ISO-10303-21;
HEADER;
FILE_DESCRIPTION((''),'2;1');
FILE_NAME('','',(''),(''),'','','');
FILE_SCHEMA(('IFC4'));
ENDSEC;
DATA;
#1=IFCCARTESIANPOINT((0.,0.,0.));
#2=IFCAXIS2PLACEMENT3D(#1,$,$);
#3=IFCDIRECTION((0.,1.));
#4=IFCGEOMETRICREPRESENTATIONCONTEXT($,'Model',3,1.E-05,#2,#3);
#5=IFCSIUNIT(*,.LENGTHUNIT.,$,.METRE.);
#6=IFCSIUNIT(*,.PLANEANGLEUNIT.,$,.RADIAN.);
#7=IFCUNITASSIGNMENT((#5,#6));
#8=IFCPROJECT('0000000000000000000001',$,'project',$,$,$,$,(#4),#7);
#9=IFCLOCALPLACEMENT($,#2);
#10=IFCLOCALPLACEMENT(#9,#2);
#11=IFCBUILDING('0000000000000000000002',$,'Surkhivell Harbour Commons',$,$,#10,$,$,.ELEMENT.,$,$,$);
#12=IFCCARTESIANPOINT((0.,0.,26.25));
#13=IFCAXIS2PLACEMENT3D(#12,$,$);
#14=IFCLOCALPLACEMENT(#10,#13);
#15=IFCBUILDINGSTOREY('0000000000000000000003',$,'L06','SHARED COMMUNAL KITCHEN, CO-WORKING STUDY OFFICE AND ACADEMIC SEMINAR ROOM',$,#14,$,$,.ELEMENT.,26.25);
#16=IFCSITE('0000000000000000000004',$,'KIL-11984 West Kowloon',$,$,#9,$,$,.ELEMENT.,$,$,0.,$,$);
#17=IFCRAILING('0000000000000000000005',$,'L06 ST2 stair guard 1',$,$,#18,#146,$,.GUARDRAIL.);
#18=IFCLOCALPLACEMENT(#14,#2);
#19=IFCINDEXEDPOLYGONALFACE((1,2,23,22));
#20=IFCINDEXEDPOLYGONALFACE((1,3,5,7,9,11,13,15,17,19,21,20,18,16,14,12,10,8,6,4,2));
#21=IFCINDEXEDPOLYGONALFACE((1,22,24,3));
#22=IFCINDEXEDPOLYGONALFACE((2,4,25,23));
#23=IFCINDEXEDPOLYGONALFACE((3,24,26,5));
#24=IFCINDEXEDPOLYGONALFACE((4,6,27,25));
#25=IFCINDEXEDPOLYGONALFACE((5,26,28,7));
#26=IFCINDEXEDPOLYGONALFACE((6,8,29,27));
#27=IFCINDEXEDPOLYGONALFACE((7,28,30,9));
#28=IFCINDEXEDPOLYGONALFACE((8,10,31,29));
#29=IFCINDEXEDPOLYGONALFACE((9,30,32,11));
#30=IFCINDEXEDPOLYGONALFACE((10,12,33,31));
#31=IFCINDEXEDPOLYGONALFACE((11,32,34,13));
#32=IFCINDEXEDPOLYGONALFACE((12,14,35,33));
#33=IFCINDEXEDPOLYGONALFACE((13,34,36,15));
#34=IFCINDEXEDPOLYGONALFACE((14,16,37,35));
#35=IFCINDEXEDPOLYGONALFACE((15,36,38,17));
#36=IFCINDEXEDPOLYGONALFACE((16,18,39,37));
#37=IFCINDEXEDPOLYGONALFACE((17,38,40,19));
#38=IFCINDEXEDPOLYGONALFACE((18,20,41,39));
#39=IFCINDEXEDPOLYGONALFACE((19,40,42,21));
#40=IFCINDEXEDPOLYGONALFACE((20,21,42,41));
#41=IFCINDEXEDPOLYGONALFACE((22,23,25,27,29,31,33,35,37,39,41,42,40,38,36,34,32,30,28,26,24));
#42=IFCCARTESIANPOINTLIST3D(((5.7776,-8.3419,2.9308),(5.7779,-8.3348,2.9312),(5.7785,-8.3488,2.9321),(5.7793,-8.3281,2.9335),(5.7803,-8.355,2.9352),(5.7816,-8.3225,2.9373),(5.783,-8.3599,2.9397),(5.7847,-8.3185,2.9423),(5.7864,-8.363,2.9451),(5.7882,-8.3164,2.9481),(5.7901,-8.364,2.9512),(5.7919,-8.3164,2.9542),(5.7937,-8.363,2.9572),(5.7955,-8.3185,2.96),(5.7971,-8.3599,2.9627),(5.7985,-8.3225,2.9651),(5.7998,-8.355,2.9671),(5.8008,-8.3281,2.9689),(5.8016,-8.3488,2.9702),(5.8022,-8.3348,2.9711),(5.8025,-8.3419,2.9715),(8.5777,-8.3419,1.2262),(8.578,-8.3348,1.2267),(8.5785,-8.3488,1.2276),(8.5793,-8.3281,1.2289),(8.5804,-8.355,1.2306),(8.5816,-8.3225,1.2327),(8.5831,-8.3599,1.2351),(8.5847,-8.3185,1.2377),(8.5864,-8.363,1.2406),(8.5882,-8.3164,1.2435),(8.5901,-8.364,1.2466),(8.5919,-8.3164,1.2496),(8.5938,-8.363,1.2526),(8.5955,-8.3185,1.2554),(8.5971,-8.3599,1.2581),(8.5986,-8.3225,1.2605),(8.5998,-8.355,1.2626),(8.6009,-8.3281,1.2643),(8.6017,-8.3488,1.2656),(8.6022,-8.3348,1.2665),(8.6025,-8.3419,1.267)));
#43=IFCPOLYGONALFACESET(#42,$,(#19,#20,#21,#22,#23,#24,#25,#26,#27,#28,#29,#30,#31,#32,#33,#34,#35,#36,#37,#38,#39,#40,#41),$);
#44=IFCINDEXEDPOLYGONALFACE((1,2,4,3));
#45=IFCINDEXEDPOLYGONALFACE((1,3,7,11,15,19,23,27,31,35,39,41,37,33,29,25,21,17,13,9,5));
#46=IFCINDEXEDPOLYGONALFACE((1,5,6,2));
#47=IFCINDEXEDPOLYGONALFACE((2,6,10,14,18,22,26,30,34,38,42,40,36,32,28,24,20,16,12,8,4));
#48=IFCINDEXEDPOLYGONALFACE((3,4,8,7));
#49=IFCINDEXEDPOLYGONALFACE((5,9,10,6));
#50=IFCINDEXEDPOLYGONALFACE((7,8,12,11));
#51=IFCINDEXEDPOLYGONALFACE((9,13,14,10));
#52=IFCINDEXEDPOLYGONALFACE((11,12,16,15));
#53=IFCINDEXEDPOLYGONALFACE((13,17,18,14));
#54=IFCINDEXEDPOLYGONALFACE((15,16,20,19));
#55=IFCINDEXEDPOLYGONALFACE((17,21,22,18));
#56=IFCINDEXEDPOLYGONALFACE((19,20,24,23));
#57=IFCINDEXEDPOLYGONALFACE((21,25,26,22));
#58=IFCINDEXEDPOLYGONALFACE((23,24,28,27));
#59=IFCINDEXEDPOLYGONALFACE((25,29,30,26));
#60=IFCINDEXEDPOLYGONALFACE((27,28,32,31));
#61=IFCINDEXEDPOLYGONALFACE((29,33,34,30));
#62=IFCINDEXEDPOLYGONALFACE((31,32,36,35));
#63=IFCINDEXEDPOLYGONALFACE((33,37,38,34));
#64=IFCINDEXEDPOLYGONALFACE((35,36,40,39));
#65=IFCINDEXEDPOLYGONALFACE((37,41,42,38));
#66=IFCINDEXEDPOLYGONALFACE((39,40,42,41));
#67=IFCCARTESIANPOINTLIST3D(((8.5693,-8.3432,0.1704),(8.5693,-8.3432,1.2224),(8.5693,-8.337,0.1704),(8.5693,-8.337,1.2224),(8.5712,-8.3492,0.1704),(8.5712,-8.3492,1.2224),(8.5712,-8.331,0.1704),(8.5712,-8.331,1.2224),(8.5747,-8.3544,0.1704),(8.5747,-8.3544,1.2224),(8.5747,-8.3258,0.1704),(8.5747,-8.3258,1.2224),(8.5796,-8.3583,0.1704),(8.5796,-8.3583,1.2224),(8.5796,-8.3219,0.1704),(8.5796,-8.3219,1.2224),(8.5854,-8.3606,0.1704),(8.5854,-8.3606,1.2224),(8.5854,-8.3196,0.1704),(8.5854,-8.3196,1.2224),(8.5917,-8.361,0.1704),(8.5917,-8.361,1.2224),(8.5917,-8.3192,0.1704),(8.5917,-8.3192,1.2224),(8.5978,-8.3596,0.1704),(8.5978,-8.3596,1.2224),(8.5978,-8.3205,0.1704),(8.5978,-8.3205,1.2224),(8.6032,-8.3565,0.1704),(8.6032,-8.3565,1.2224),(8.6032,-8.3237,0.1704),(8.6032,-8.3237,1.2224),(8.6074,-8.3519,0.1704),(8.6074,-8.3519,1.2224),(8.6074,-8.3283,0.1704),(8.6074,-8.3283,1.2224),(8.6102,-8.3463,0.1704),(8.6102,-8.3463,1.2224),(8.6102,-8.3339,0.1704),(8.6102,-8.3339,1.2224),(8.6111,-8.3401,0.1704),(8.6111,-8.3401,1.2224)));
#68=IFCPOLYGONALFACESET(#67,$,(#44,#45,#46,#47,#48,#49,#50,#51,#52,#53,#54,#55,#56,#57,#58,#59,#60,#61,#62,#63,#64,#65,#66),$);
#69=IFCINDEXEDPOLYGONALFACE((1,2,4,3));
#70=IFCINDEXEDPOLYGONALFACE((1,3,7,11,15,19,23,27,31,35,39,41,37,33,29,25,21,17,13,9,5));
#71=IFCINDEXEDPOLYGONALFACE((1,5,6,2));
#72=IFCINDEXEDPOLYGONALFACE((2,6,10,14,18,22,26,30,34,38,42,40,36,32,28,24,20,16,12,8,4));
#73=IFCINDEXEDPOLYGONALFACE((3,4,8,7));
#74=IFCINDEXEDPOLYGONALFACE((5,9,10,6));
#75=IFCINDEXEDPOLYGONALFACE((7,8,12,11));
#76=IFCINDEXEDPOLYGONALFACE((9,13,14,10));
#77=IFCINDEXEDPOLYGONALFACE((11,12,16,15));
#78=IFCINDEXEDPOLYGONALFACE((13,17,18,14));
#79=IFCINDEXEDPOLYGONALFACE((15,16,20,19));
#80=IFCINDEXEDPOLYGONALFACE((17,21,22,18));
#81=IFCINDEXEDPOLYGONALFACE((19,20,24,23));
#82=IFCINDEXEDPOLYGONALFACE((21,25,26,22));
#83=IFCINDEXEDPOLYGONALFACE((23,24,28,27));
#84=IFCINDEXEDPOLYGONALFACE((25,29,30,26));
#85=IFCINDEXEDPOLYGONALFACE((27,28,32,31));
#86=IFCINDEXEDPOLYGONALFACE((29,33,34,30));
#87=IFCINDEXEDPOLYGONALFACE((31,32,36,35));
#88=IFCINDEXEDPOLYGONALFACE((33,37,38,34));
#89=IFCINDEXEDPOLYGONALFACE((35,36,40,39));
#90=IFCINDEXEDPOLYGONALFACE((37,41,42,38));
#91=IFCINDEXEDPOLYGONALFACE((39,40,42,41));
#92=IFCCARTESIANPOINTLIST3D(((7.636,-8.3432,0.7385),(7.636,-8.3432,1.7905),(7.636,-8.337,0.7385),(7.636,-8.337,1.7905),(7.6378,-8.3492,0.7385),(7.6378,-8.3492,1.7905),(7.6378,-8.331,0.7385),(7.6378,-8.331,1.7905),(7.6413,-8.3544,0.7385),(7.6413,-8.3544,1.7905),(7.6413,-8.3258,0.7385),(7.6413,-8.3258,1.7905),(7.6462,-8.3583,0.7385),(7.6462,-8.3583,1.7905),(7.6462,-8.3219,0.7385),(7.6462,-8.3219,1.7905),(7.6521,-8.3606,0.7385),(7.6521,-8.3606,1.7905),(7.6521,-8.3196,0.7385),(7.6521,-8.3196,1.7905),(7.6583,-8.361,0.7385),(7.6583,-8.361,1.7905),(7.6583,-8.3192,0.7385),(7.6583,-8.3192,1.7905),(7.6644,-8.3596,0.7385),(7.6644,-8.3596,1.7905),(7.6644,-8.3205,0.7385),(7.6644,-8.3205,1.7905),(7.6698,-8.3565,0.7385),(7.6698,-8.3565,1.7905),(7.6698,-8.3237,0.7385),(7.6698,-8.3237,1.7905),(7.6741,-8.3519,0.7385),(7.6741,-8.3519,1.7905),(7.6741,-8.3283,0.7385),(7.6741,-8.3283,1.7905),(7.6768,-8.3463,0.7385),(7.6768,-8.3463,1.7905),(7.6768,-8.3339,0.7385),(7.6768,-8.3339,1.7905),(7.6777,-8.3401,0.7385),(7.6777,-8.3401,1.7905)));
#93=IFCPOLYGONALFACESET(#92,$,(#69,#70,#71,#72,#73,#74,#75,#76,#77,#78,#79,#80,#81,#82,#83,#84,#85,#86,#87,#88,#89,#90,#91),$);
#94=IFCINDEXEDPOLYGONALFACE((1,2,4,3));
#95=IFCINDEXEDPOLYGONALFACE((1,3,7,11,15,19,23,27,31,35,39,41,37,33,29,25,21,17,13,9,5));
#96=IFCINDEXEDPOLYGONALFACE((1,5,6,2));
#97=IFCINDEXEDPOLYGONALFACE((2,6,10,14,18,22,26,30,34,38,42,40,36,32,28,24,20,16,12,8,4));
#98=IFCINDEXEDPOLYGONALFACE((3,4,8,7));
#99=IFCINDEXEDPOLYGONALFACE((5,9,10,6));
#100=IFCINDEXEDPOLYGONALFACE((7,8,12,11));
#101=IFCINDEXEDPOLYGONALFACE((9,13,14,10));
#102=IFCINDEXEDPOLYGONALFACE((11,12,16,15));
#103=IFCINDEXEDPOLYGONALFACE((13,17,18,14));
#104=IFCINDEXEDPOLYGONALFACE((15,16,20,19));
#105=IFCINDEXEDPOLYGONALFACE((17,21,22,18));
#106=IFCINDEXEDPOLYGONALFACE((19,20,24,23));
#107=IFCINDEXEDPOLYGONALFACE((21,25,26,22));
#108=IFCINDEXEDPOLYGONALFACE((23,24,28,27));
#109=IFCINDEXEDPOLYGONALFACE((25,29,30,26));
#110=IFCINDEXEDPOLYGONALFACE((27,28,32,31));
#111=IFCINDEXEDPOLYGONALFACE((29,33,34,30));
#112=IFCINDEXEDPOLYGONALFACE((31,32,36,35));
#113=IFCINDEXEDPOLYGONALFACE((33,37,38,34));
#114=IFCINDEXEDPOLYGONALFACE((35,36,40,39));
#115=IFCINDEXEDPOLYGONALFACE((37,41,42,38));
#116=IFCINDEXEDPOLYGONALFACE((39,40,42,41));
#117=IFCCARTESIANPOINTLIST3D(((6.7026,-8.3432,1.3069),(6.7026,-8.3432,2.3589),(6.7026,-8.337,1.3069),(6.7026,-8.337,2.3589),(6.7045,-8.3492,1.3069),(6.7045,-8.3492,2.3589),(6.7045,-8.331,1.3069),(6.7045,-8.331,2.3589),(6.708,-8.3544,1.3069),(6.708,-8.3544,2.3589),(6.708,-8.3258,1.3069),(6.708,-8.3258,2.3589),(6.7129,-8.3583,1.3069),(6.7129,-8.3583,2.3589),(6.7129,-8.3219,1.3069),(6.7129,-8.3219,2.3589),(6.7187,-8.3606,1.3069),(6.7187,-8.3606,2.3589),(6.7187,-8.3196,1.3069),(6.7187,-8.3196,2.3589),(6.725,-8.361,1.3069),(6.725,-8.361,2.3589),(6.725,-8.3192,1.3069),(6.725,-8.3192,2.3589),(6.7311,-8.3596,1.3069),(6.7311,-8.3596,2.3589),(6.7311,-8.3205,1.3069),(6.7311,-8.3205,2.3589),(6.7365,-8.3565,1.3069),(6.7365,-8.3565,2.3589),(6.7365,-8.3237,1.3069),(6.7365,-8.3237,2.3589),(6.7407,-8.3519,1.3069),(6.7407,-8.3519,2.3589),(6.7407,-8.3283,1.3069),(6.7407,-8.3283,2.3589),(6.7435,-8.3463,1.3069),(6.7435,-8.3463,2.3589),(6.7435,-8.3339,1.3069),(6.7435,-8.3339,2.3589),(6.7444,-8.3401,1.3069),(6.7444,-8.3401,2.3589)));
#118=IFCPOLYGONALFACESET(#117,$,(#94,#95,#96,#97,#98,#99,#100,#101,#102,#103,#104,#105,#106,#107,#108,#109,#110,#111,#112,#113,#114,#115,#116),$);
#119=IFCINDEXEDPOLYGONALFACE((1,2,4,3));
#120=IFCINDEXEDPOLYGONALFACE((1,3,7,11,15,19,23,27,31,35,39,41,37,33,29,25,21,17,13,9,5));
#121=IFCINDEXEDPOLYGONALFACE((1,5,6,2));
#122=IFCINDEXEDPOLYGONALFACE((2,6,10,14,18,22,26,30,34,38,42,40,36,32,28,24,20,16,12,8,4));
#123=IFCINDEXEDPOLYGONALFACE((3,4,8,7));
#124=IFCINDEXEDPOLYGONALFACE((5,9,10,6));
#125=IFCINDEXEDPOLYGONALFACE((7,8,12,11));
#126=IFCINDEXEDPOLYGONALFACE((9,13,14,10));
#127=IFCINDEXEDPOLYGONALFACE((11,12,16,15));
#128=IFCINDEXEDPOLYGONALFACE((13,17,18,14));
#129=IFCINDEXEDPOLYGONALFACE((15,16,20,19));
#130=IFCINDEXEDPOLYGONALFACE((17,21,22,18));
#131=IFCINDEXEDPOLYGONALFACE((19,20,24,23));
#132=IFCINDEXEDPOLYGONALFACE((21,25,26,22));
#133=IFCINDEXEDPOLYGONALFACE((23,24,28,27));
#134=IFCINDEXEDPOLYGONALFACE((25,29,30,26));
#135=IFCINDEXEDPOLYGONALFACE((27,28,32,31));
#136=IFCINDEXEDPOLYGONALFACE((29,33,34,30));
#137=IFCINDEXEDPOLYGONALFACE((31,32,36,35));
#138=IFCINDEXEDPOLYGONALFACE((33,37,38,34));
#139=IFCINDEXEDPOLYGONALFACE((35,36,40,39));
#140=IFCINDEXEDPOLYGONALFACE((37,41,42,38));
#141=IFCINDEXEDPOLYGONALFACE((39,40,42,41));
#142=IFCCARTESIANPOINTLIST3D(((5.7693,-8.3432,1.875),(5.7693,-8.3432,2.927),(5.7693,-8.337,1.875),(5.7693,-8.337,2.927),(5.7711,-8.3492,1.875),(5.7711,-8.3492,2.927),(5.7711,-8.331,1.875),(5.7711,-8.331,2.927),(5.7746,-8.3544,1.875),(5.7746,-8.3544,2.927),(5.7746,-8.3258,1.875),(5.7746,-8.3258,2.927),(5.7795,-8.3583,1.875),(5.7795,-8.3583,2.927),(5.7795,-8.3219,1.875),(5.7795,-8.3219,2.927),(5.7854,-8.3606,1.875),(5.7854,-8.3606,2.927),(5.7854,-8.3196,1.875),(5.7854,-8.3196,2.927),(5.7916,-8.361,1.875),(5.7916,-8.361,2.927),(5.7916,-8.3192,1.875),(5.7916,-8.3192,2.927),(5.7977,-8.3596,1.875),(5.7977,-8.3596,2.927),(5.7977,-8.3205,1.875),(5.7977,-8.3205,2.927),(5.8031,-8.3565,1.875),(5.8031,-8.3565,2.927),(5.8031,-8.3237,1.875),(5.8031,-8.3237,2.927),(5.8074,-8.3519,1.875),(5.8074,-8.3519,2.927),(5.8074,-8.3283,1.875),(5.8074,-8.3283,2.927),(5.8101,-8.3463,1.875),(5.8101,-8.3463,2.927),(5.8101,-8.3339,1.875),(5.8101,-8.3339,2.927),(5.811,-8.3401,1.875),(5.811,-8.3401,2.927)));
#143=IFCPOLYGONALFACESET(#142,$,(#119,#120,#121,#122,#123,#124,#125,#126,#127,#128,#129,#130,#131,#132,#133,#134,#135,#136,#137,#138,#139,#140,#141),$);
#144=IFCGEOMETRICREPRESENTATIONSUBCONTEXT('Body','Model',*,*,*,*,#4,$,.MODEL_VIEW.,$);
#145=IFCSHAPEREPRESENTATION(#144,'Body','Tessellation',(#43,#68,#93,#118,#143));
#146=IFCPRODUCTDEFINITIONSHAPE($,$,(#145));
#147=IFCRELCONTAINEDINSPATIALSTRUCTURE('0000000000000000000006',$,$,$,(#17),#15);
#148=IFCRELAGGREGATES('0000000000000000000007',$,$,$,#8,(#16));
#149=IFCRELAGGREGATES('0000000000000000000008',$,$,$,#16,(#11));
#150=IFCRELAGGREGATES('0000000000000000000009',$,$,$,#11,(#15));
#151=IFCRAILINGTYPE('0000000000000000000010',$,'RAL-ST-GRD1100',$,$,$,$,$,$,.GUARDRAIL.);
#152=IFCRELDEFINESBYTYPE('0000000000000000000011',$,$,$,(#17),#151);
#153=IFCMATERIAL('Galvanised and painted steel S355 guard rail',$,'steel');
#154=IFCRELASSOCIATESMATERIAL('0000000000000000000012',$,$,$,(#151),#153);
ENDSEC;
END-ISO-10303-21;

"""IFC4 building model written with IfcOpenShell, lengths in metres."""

from ifc_helpers import new_model, si_unit, direction, frame, origin, origin_2d, place, context, subcontext, project, spatial, circle, extrude, material, type_object, element, save


model = new_model("IFC4")

# Units and contexts
model_context = context("Model", 3, precision=1e-05, world=origin(), true_north=direction((0.0, 1.0)))
body_context = subcontext(model_context, "Body", "Model", "MODEL_VIEW")
ifc_project = project(units=[si_unit("LENGTHUNIT", "METRE"), si_unit("PLANEANGLEUNIT", "RADIAN")], contexts=[model_context])

# Site, building, storey
site_placement = place(None, origin())
site = spatial("IfcSite", under=ifc_project, at=site_placement, Name="KIL-11984 West Kowloon", CompositionType="ELEMENT", RefElevation=0.0)
building_placement = place(site_placement, origin())
building = spatial("IfcBuilding", under=site, at=building_placement, Name="Surkhivell Harbour Commons", CompositionType="ELEMENT")
storey_placement = place(building_placement, frame((0.0, 0.0, 26.25)))
storey = spatial("IfcBuildingStorey", under=building, at=storey_placement, Name="L06", Description="SHARED COMMUNAL KITCHEN, CO-WORKING STUDY OFFICE AND ACADEMIC SEMINAR ROOM", CompositionType="ELEMENT", Elevation=26.25)

# Railing
ifc_material_1 = material(Name="Galvanised and painted steel S355 guard rail", Category="steel")
railing_type_1 = type_object("IfcRailingType", Name="RAL-ST-GRD1100", PredefinedType="GUARDRAIL", material=ifc_material_1)
railing_1_placement = place(storey_placement, frame((8.5901, -8.3401, 0.1704)))
element("IfcRailing", 1, at=railing_1_placement, inside=storey, type_object=railing_type_1, Name="L06 ST2 stair guard 1", PredefinedType="GUARDRAIL", context=body_context, shape_type="SweptSolid", body=[
    extrude(circle(Radius=0.0239, at=origin_2d()), frame((0.0, 0.0, 1.0762), z_axis=(-0.85417, 0.0, 0.519994), x_axis=(0.0, -1.0, 0.0)), (0.0, 0.0, 1.0), 3.2781),
    extrude(circle(Radius=0.021, at=origin_2d()), origin(), (0.0, 0.0, 1.0), 1.052),
    extrude(circle(Radius=0.021, at=origin_2d()), frame((-0.9333, 0.0, 0.5681)), (0.0, 0.0, 1.0), 1.052),
    extrude(circle(Radius=0.021, at=origin_2d()), frame((-1.8667, 0.0, 1.1365)), (0.0, 0.0, 1.0), 1.052),
    extrude(circle(Radius=0.021, at=origin_2d()), frame((-2.8, 0.0, 1.7046)), (0.0, 0.0, 1.0), 1.052),
])

save(model, "model.ifc")
